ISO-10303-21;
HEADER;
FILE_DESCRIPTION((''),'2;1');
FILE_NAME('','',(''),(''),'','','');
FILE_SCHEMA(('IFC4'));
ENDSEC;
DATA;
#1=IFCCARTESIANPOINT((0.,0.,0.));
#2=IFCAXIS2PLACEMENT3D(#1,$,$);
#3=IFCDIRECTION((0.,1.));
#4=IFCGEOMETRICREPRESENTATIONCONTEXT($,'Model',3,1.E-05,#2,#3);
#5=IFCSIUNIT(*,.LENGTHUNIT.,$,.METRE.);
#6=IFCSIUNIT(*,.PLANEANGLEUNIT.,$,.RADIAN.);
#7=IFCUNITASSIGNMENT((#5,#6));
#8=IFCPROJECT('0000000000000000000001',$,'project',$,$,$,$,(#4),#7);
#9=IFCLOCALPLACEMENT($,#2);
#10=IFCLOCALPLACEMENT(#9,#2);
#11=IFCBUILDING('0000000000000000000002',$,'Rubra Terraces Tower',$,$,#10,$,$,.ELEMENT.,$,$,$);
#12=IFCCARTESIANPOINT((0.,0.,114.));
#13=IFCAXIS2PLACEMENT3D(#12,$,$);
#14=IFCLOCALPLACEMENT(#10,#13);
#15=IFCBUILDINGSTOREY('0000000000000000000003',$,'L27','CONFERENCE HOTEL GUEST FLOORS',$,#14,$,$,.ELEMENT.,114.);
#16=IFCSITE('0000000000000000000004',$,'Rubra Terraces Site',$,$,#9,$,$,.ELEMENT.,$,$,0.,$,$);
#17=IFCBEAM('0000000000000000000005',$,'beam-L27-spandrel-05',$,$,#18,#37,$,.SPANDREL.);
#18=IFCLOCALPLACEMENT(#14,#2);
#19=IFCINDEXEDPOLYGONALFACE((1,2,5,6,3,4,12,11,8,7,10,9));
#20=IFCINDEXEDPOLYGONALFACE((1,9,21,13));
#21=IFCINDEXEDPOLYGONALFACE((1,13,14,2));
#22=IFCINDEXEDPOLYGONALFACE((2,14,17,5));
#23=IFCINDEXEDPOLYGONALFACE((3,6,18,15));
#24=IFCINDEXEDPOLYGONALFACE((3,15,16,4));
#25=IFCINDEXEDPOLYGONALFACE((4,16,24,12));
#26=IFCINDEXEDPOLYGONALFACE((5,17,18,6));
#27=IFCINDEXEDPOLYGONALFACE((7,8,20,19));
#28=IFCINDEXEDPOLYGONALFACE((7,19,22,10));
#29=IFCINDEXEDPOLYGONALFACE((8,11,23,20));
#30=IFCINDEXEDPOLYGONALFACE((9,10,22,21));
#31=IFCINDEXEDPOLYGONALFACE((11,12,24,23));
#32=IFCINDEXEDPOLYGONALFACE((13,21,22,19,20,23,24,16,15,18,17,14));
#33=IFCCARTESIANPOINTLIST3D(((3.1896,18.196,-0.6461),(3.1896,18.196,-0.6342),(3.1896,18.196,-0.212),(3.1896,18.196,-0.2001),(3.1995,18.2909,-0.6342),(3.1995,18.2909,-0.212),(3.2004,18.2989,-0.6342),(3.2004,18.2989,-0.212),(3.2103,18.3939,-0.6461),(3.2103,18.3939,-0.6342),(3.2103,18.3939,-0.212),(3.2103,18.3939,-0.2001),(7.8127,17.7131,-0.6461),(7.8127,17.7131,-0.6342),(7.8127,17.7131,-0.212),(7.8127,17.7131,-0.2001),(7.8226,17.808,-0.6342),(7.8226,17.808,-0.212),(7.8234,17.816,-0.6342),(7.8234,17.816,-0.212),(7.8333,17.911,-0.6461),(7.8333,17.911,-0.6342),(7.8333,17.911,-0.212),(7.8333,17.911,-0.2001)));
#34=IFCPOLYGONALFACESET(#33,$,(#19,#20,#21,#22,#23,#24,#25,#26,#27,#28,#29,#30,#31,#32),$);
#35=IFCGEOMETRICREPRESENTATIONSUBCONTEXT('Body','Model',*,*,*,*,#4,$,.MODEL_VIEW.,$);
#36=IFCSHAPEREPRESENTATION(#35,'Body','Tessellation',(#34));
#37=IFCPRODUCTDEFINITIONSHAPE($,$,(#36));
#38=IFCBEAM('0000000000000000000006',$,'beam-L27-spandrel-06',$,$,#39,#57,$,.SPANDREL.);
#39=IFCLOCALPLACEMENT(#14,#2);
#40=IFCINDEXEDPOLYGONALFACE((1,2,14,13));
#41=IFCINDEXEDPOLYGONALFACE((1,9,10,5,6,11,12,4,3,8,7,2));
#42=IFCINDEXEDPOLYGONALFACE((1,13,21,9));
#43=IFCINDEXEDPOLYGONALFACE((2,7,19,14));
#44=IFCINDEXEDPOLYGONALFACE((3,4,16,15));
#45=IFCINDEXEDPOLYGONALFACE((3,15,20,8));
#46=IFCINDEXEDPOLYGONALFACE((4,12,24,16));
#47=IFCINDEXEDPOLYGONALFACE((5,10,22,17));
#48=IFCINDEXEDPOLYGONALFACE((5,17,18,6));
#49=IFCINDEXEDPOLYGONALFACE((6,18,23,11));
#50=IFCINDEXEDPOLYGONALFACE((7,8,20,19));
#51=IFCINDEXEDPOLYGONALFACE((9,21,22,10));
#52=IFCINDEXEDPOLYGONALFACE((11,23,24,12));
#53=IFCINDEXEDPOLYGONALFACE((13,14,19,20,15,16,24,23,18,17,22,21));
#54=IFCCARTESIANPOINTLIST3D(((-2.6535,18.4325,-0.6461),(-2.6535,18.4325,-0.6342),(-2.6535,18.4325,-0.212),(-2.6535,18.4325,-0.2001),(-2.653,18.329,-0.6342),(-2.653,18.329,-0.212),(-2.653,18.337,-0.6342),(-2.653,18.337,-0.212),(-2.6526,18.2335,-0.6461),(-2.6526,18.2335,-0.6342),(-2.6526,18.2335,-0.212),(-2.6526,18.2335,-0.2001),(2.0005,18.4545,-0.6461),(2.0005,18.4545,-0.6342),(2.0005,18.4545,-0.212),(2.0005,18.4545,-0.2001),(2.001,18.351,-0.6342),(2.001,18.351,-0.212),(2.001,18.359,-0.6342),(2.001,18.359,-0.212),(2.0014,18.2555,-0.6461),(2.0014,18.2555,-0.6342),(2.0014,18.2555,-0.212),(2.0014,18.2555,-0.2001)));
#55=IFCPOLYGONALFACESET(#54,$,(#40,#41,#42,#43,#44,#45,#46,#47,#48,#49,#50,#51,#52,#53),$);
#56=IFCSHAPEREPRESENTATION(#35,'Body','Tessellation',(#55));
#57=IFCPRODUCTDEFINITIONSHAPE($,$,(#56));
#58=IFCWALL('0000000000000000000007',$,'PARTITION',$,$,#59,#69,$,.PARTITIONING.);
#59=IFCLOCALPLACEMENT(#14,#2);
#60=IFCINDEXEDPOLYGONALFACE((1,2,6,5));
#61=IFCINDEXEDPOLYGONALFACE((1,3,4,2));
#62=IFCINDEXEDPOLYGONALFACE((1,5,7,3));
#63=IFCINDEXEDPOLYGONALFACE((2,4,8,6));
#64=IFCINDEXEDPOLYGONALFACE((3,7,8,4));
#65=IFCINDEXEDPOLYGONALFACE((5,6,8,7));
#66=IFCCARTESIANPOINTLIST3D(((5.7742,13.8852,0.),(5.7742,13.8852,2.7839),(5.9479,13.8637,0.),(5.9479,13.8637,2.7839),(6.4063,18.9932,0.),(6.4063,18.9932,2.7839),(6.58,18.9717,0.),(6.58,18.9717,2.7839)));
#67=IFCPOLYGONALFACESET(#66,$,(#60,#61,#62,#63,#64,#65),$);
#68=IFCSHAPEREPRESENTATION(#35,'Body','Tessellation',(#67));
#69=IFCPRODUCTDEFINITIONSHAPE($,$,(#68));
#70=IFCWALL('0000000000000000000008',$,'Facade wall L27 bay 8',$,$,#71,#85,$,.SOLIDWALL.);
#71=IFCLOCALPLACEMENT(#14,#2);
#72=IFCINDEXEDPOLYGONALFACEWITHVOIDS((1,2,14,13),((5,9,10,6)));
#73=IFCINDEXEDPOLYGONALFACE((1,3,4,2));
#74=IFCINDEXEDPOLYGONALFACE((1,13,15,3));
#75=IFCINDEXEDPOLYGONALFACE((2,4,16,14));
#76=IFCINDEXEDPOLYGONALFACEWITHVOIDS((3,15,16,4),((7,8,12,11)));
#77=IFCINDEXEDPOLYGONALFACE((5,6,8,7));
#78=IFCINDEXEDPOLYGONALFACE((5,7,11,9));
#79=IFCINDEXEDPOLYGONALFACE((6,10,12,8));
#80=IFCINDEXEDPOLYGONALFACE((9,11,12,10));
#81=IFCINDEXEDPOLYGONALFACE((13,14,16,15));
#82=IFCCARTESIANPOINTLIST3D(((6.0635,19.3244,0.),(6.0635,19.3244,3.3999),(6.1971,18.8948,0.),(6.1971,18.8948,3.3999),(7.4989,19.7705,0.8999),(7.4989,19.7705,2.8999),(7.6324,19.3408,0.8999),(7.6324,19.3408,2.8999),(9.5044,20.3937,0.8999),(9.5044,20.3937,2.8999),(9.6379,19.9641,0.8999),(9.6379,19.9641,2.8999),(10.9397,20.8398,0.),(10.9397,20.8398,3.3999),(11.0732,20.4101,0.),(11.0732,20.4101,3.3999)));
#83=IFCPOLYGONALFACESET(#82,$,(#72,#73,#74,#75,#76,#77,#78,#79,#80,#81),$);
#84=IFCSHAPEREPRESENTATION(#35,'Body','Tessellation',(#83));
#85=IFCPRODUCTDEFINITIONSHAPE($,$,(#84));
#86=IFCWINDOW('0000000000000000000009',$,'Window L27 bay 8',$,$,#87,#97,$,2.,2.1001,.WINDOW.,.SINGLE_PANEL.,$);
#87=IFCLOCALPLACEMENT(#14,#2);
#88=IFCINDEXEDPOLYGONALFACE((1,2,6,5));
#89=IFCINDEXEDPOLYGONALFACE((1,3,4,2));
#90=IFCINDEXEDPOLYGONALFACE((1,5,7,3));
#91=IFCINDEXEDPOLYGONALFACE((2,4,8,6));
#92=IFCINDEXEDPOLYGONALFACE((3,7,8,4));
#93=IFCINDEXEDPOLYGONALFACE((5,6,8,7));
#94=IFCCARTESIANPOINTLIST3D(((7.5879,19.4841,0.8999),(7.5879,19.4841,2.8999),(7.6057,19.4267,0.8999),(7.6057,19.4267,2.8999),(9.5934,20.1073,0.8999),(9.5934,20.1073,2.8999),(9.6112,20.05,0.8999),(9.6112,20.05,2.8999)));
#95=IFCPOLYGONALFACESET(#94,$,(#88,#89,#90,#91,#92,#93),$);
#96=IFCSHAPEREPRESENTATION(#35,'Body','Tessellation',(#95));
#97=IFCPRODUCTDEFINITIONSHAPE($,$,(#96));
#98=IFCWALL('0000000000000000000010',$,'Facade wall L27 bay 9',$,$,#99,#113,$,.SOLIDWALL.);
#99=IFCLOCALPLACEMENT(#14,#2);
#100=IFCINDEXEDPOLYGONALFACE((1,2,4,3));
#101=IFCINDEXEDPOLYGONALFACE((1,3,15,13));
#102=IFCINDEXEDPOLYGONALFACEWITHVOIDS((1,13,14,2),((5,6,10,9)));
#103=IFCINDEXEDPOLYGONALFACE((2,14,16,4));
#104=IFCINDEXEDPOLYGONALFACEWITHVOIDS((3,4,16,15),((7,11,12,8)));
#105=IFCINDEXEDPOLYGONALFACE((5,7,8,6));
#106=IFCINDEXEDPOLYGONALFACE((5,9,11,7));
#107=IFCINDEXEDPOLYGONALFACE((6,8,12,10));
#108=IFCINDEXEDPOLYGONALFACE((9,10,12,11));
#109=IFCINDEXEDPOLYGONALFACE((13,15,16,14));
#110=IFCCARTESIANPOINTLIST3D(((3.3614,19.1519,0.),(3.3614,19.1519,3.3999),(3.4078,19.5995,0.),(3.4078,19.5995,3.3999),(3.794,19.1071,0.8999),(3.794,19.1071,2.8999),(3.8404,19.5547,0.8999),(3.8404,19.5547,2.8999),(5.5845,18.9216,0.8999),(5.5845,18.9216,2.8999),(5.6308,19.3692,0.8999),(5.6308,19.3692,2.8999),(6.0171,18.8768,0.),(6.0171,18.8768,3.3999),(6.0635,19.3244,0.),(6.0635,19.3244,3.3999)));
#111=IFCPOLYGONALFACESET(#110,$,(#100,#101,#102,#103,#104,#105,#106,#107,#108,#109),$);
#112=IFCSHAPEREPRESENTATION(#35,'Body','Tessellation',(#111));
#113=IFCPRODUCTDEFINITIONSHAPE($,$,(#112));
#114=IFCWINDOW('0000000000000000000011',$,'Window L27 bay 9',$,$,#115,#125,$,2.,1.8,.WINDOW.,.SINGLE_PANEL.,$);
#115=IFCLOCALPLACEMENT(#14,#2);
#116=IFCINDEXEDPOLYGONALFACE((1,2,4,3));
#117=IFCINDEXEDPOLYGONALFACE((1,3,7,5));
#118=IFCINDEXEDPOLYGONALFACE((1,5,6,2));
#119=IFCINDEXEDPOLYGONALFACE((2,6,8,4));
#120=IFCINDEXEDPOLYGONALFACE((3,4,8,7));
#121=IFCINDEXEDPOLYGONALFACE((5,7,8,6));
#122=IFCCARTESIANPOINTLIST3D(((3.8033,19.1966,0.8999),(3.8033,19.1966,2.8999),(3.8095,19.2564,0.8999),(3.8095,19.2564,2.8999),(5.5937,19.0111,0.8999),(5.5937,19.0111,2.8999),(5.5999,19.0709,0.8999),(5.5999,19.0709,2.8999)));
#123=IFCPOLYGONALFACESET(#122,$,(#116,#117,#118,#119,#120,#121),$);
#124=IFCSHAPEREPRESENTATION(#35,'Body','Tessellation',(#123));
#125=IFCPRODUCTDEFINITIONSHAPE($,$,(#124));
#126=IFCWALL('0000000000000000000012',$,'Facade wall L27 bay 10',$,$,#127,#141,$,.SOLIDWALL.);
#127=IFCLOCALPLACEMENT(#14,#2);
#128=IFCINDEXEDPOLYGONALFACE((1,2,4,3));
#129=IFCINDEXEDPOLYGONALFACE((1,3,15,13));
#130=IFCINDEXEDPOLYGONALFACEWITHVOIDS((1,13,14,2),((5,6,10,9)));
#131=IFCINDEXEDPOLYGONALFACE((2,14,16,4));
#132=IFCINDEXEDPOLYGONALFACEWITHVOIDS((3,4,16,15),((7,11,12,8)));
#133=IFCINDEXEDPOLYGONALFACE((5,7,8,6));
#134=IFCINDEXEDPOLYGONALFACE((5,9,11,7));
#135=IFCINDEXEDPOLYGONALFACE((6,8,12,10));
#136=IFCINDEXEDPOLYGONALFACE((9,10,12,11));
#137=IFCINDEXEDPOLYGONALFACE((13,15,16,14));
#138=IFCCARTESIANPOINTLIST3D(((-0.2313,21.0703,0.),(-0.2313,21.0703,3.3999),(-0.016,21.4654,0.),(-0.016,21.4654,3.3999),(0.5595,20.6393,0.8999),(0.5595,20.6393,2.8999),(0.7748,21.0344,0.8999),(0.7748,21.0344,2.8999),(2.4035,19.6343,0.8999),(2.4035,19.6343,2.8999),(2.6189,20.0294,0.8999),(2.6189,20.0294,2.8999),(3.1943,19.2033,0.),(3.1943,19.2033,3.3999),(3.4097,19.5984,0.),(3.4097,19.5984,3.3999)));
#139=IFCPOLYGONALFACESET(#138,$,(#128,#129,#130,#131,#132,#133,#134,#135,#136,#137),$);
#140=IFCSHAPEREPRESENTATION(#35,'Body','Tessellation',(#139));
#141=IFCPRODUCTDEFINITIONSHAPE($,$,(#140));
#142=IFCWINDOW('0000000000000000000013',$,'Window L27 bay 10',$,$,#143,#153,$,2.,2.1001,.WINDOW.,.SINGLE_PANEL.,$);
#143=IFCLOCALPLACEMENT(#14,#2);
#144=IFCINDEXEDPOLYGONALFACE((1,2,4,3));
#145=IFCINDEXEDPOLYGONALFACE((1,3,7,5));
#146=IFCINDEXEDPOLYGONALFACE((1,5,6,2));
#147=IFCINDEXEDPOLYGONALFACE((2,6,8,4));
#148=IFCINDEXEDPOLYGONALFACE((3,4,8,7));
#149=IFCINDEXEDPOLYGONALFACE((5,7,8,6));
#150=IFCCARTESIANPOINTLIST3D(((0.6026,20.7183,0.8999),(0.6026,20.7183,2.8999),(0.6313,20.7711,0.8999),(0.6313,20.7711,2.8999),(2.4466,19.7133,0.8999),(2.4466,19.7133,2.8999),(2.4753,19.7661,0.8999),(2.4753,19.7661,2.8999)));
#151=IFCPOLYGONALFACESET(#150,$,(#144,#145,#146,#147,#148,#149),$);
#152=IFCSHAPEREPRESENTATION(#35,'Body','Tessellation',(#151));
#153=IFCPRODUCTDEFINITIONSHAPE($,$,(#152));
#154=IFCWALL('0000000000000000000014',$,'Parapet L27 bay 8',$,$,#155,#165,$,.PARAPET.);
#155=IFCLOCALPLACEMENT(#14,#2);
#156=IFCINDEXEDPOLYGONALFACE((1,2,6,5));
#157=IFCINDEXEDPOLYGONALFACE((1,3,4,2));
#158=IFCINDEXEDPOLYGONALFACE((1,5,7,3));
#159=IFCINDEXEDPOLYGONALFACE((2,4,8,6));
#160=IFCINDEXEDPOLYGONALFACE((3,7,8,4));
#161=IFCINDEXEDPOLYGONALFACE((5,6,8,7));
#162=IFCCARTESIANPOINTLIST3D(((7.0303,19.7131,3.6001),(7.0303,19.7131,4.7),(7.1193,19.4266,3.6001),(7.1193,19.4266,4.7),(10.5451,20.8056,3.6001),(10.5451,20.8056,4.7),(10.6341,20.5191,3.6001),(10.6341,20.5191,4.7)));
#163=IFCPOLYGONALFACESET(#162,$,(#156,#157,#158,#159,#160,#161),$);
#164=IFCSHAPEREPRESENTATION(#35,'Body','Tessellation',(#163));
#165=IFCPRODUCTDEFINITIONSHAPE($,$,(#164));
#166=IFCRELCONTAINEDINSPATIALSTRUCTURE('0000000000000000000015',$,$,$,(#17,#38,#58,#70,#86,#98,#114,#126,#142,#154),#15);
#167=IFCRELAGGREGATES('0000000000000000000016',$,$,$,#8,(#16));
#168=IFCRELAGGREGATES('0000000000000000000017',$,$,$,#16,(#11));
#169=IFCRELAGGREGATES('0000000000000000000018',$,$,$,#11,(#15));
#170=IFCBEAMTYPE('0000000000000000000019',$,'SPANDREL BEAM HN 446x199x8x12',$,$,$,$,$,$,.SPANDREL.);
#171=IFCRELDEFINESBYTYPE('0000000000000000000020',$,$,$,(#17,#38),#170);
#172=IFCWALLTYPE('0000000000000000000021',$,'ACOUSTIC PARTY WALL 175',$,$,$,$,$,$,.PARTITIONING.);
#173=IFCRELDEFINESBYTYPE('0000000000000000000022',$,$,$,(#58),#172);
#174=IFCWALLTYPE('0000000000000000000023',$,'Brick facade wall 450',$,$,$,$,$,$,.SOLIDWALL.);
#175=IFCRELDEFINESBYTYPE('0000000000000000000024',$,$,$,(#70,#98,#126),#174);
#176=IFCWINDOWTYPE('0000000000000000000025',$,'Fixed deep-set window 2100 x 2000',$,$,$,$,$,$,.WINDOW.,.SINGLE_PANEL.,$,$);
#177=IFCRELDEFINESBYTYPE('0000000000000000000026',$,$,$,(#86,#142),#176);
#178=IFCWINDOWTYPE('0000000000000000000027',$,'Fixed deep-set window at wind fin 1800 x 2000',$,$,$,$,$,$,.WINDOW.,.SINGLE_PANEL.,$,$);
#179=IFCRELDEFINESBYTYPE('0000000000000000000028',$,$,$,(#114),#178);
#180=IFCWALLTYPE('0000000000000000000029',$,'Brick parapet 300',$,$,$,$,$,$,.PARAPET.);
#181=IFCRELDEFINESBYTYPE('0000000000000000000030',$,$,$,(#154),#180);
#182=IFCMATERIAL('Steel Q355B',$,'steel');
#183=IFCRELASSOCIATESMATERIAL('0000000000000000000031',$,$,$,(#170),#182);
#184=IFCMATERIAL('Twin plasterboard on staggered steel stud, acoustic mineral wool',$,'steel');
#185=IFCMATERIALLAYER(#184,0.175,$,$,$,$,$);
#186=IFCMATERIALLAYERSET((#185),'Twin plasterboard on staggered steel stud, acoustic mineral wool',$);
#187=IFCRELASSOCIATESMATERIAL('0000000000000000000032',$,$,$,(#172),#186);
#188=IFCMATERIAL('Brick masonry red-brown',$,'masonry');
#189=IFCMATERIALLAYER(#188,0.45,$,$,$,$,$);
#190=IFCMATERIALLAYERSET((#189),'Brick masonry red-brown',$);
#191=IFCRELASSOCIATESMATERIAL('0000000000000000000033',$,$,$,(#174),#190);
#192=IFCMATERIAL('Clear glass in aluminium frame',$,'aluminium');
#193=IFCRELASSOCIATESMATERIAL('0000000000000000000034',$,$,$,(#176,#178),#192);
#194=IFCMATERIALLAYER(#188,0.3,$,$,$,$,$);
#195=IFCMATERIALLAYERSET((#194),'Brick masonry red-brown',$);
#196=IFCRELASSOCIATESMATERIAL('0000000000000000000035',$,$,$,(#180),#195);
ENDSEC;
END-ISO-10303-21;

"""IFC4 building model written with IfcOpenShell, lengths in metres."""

from ifc_helpers import new_model, si_unit, direction, frame, frame_2d, origin, origin_2d, place, context, subcontext, project, spatial, rectangle, i_section, extrude, material, layer, layer_set, material_profile, profile_set, type_object, element, fill, save


model = new_model("IFC4")

# Units and contexts
model_context = context("Model", 3, precision=1e-05, world=origin(), true_north=direction((0.0, 1.0)))
body_context = subcontext(model_context, "Body", "Model", "MODEL_VIEW")
ifc_project = project(units=[si_unit("LENGTHUNIT", "METRE"), si_unit("PLANEANGLEUNIT", "RADIAN")], contexts=[model_context])

# Site, building, storey
site_placement = place(None, origin())
site = spatial("IfcSite", under=ifc_project, at=site_placement, Name="Rubra Terraces Site", CompositionType="ELEMENT", RefElevation=0.0)
building_placement = place(site_placement, origin())
building = spatial("IfcBuilding", under=site, at=building_placement, Name="Rubra Terraces Tower", CompositionType="ELEMENT")
storey_placement = place(building_placement, frame((0.0, 0.0, 114.0)))
storey = spatial("IfcBuildingStorey", under=building, at=storey_placement, Name="L27", Description="CONFERENCE HOTEL GUEST FLOORS", CompositionType="ELEMENT", Elevation=114.0)

# Beams
ifc_material_1 = material(Name="Steel Q355B", Category="steel")
ifc_material_profile_1 = material_profile(ifc_material_1, i_section(OverallWidth=0.199, OverallDepth=0.446, WebThickness=0.0081, FlangeThickness=0.012, at=origin_2d()), Name="HN 446x199x8x12")
ifc_profile_set_1 = profile_set([ifc_material_profile_1], Name="Steel Q355B")
beam_type_1 = type_object("IfcBeamType", Name="SPANDREL BEAM HN 446x199x8x12", PredefinedType="SPANDREL", material=ifc_profile_set_1)
beam_1_placement = place(storey_placement, frame((7.823, 17.812, -0.4231), z_axis=(-0.994589, 0.103892, 0.0), x_axis=(-0.103892, -0.994589, 0.0)))
element("IfcBeam", 1, at=beam_1_placement, inside=storey, type_object=beam_type_1, Name="beam-L27-spandrel-05", PredefinedType="SPANDREL", context=body_context, shape_type="SweptSolid", body=[
    extrude(i_section(OverallWidth=0.199, OverallDepth=0.446, WebThickness=0.0081, FlangeThickness=0.012, at=origin_2d()), origin(), (0.0, 0.0, 1.0), 4.6482),
])
beam_2_placement = place(storey_placement, frame((2.001, 18.355, -0.4231), z_axis=(-0.999989, -0.004721, 0.0), x_axis=(0.004721, -0.999989, 0.0)))
element("IfcBeam", 2, at=beam_2_placement, inside=storey, type_object=beam_type_1, Name="beam-L27-spandrel-06", PredefinedType="SPANDREL", context=body_context, shape_type="SweptSolid", body=[
    extrude(i_section(OverallWidth=0.199, OverallDepth=0.446, WebThickness=0.0081, FlangeThickness=0.012, at=origin_2d()), origin(), (0.0, 0.0, 1.0), 4.6541),
])

# Wall
ifc_material_2 = material(Name="Twin plasterboard on staggered steel stud, acoustic mineral wool", Category="steel")
ifc_layer_1 = layer(ifc_material_2, 0.175)
ifc_layer_set_1 = layer_set([ifc_layer_1], Name="Twin plasterboard on staggered steel stud, acoustic mineral wool")
wall_type_1 = type_object("IfcWallType", Name="ACOUSTIC PARTY WALL 175", PredefinedType="PARTITIONING", material=ifc_layer_set_1)
wall_1_placement = place(storey_placement, frame((6.4932, 18.9824, 0.0), z_axis=(0.0, 0.0, 1.0), x_axis=(-0.122809, -0.99243, 0.0)))
element("IfcWall", 3, at=wall_1_placement, inside=storey, type_object=wall_type_1, Name="PARTITION", PredefinedType="PARTITIONING", context=body_context, shape_type="SweptSolid", body=[
    extrude(rectangle(XDim=5.147, YDim=0.175, at=frame_2d((2.5735, 0.0))), origin(), (0.0, 0.0, 1.0), 2.7839),
])

# Walls, openings, windows
ifc_material_3 = material(Name="Brick masonry red-brown", Category="masonry")
ifc_layer_2 = layer(ifc_material_3, 0.45)
ifc_layer_set_2 = layer_set([ifc_layer_2], Name="Brick masonry red-brown")
wall_type_2 = type_object("IfcWallType", Name="Brick facade wall 450", PredefinedType="SOLIDWALL", material=ifc_layer_set_2)
wall_2_placement = place(storey_placement, frame((11.0066, 20.625, 0.0), z_axis=(0.0, 0.0, 1.0), x_axis=(-0.954949, -0.296769, 0.0)))
wall_2 = element("IfcWall", 4, at=wall_2_placement, inside=storey, type_object=wall_type_2, Name="Facade wall L27 bay 8", PredefinedType="SOLIDWALL", context=body_context, shape_type="SweptSolid", body=[
    extrude(rectangle(XDim=5.1062, YDim=0.45, at=frame_2d((2.5532, 0.0))), origin(), (0.0, 0.0, 1.0), 3.3999),
])
opening_1_placement = place(wall_2_placement, frame((1.5032, 0.0, 0.8999)))
opening_1 = element("IfcOpeningElement", 5, at=opening_1_placement, cuts=wall_2, PredefinedType="OPENING", context=body_context, shape_type="SweptSolid", body=[
    extrude(rectangle(XDim=2.1001, YDim=2.0, at=frame_2d((1.05, 1.0))), frame((0.0, 0.2349, 0.0), z_axis=(0.0, -1.0, 0.0), x_axis=(1.0, 0.0, 0.0)), (0.0, 0.0, 1.0), 0.47),
])
ifc_material_4 = material(Name="Clear glass in aluminium frame", Category="aluminium")
window_type_1 = type_object("IfcWindowType", Name="Fixed deep-set window 2100 x 2000", PartitioningType="SINGLE_PANEL", PredefinedType="WINDOW", material=ifc_material_4)
window_1_placement = place(opening_1_placement, origin())
window_1 = element("IfcWindow", 6, at=window_1_placement, inside=storey, type_object=window_type_1, Name="Window L27 bay 8", OverallHeight=2.0, OverallWidth=2.1001, PartitioningType="SINGLE_PANEL", PredefinedType="WINDOW", context=body_context, shape_type="SweptSolid", body=[
    extrude(rectangle(XDim=2.1001, YDim=2.0, at=frame_2d((1.05, 1.0))), frame((0.0, 0.135, 0.0), z_axis=(0.0, -1.0, 0.0), x_axis=(1.0, 0.0, 0.0)), (0.0, 0.0, 1.0), 0.0601),
])
fill(opening_1, window_1)
wall_3_placement = place(storey_placement, frame((6.0403, 19.1006, 0.0), z_axis=(0.0, 0.0, 1.0), x_axis=(-0.994676, 0.103052, 0.0)))
wall_3 = element("IfcWall", 7, at=wall_3_placement, inside=storey, type_object=wall_type_2, Name="Facade wall L27 bay 9", PredefinedType="SOLIDWALL", context=body_context, shape_type="SweptSolid", body=[
    extrude(rectangle(XDim=2.6699, YDim=0.45, at=frame_2d((1.335, 0.0))), origin(), (0.0, 0.0, 1.0), 3.3999),
])
opening_2_placement = place(wall_3_placement, frame((0.4351, 0.0, 0.8999)))
opening_2 = element("IfcOpeningElement", 8, at=opening_2_placement, cuts=wall_3, PredefinedType="OPENING", context=body_context, shape_type="SweptSolid", body=[
    extrude(rectangle(XDim=1.8, YDim=2.0, at=frame_2d((0.8999, 1.0))), frame((0.0, 0.2349, 0.0), z_axis=(0.0, -1.0, 0.0), x_axis=(1.0, 0.0, 0.0)), (0.0, 0.0, 1.0), 0.47),
])
window_type_2 = type_object("IfcWindowType", Name="Fixed deep-set window at wind fin 1800 x 2000", PartitioningType="SINGLE_PANEL", PredefinedType="WINDOW", material=ifc_material_4)
window_2_placement = place(opening_2_placement, origin())
window_2 = element("IfcWindow", 9, at=window_2_placement, inside=storey, type_object=window_type_2, Name="Window L27 bay 9", OverallHeight=2.0, OverallWidth=1.8, PartitioningType="SINGLE_PANEL", PredefinedType="WINDOW", context=body_context, shape_type="SweptSolid", body=[
    extrude(rectangle(XDim=1.8, YDim=2.0, at=frame_2d((0.8999, 1.0))), frame((0.0, 0.135, 0.0), z_axis=(0.0, -1.0, 0.0), x_axis=(1.0, 0.0, 0.0)), (0.0, 0.0, 1.0), 0.0601),
])
fill(opening_2, window_2)
wall_4_placement = place(storey_placement, frame((3.302, 19.4009, 0.0), z_axis=(0.0, 0.0, 1.0), x_axis=(-0.878061, 0.47855, 0.0)))
wall_4 = element("IfcWall", 10, at=wall_4_placement, inside=storey, type_object=wall_type_2, Name="Facade wall L27 bay 10", PredefinedType="SOLIDWALL", context=body_context, shape_type="SweptSolid", body=[
    extrude(rectangle(XDim=3.9014, YDim=0.45, at=frame_2d((1.9507, 0.0))), origin(), (0.0, 0.0, 1.0), 3.3999),
])
opening_3_placement = place(wall_4_placement, frame((0.9006, 0.0, 0.8999)))
opening_3 = element("IfcOpeningElement", 11, at=opening_3_placement, cuts=wall_4, PredefinedType="OPENING", context=body_context, shape_type="SweptSolid", body=[
    extrude(rectangle(XDim=2.1001, YDim=2.0, at=frame_2d((1.05, 1.0))), frame((0.0, 0.2349, 0.0), z_axis=(0.0, -1.0, 0.0), x_axis=(1.0, 0.0, 0.0)), (0.0, 0.0, 1.0), 0.47),
])
window_3_placement = place(opening_3_placement, origin())
window_3 = element("IfcWindow", 12, at=window_3_placement, inside=storey, type_object=window_type_1, Name="Window L27 bay 10", OverallHeight=2.0, OverallWidth=2.1001, PartitioningType="SINGLE_PANEL", PredefinedType="WINDOW", context=body_context, shape_type="SweptSolid", body=[
    extrude(rectangle(XDim=2.1001, YDim=2.0, at=frame_2d((1.05, 1.0))), frame((0.0, 0.135, 0.0), z_axis=(0.0, -1.0, 0.0), x_axis=(1.0, 0.0, 0.0)), (0.0, 0.0, 1.0), 0.0601),
])
fill(opening_3, window_3)

# Wall
ifc_layer_3 = layer(ifc_material_3, 0.3)
ifc_layer_set_3 = layer_set([ifc_layer_3], Name="Brick masonry red-brown")
wall_type_3 = type_object("IfcWallType", Name="Brick parapet 300", PredefinedType="PARAPET", material=ifc_layer_set_3)
wall_5_placement = place(storey_placement, frame((10.5896, 20.6624, 3.6001), z_axis=(0.0, 0.0, 1.0), x_axis=(-0.954933, -0.296821, 0.0)))
element("IfcWall", 13, at=wall_5_placement, inside=storey, type_object=wall_type_3, Name="Parapet L27 bay 8", PredefinedType="PARAPET", context=body_context, shape_type="SweptSolid", body=[
    extrude(rectangle(XDim=3.6807, YDim=0.3, at=frame_2d((1.8403, 0.0))), origin(), (0.0, 0.0, 1.0), 1.0999),
])

save(model, "model.ifc")
